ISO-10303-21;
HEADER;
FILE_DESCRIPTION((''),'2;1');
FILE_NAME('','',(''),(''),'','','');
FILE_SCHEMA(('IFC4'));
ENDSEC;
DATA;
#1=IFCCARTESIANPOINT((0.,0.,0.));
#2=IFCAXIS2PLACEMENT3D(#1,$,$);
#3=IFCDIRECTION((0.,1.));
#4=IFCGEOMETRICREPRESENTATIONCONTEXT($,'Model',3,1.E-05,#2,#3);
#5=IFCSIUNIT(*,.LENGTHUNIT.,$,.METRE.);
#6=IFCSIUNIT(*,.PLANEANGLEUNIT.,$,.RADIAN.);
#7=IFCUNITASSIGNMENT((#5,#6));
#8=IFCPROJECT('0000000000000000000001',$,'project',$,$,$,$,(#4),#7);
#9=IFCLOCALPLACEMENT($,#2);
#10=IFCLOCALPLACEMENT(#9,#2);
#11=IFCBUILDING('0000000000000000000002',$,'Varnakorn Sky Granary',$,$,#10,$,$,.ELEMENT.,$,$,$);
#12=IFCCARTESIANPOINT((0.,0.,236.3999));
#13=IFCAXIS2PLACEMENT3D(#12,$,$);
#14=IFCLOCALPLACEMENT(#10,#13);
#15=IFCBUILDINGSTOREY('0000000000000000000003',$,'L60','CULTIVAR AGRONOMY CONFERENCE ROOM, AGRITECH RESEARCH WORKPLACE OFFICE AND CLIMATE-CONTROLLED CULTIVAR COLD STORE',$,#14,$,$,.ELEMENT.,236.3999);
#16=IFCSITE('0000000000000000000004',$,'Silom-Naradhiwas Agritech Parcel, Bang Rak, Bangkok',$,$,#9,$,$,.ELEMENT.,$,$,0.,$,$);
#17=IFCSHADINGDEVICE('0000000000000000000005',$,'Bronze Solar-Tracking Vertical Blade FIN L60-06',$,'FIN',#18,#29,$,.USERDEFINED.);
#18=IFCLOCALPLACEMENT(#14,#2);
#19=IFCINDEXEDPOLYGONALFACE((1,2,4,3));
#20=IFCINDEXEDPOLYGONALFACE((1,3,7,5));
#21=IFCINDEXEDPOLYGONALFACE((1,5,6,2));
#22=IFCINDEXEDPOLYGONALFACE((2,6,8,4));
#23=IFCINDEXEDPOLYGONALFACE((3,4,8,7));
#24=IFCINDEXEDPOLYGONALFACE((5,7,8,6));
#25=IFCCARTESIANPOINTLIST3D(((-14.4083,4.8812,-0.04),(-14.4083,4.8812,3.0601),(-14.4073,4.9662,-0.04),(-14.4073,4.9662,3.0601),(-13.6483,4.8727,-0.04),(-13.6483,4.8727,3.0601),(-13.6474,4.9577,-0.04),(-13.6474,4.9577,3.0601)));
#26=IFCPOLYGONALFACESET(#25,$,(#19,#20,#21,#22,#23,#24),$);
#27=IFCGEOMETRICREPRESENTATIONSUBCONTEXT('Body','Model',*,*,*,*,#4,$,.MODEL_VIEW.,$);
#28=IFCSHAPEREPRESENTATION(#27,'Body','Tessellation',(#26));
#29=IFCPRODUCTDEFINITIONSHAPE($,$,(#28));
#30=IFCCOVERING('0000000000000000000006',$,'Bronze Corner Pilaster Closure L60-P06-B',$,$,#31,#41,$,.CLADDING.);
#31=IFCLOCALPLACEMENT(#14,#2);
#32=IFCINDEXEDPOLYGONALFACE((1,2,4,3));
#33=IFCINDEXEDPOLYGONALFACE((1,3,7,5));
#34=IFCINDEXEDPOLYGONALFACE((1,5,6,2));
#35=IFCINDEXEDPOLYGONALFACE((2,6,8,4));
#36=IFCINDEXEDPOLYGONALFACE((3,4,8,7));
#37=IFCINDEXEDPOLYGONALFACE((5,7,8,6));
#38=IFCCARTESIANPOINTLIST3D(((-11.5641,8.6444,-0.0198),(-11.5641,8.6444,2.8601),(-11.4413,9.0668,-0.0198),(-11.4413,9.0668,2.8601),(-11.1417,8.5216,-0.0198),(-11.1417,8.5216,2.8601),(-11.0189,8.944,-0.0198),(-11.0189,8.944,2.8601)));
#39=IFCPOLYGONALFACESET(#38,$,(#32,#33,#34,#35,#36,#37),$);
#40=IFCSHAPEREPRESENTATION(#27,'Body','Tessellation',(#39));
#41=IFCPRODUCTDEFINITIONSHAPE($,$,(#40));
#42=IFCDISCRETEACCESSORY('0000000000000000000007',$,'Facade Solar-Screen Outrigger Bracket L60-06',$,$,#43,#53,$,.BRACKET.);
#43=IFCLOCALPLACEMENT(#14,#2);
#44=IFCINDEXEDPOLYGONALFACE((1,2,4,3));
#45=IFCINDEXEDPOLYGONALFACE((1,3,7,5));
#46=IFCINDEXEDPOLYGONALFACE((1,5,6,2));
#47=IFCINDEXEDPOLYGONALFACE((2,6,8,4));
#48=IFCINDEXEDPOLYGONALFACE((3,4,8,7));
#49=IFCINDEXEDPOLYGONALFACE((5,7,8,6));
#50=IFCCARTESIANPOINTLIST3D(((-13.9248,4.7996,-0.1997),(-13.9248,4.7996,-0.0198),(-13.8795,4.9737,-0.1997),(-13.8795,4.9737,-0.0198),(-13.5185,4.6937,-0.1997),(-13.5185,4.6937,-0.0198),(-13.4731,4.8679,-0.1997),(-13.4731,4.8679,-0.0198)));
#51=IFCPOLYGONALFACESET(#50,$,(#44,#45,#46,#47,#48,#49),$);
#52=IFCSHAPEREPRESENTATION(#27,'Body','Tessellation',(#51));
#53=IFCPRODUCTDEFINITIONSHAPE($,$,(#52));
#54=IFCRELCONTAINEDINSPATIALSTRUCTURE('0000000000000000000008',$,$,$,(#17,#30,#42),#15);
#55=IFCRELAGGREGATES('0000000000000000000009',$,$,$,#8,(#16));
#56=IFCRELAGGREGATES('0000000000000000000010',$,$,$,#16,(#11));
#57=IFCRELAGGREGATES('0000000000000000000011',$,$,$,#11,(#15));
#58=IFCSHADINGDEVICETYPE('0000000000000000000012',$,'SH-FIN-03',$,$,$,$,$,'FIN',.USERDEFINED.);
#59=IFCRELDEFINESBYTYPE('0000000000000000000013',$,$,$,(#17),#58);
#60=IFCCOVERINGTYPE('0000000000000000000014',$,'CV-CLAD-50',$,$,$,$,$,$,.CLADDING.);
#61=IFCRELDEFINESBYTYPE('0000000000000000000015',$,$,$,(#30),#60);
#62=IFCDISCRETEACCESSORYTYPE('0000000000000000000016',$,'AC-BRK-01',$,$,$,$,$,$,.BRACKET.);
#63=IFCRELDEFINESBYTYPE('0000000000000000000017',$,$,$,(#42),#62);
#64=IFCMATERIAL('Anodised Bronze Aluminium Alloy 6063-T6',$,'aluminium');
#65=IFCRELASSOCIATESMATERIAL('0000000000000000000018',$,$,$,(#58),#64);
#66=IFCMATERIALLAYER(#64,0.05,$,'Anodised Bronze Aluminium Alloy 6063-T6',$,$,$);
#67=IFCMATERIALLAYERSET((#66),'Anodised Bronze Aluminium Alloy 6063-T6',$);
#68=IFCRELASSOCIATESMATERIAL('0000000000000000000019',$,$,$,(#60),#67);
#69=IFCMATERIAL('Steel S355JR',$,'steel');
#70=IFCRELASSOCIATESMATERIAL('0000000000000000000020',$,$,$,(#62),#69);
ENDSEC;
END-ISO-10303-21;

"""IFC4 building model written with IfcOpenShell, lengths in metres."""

from ifc_helpers import new_model, si_unit, direction, frame, origin, origin_2d, place, context, subcontext, project, spatial, rectangle, extrude, source, transform, mapped, material, layer, layer_set, type_object, type_shapes, element, save


model = new_model("IFC4")

# Units and contexts
model_context = context("Model", 3, precision=1e-05, world=origin(), true_north=direction((0.0, 1.0)))
body_context = subcontext(model_context, "Body", "Model", "MODEL_VIEW")
ifc_project = project(units=[si_unit("LENGTHUNIT", "METRE"), si_unit("PLANEANGLEUNIT", "RADIAN")], contexts=[model_context])

# Site, building, storey
site_placement = place(None, origin())
site = spatial("IfcSite", under=ifc_project, at=site_placement, Name="Silom-Naradhiwas Agritech Parcel, Bang Rak, Bangkok", CompositionType="ELEMENT", RefElevation=0.0)
building_placement = place(site_placement, origin())
building = spatial("IfcBuilding", under=site, at=building_placement, Name="Varnakorn Sky Granary", CompositionType="ELEMENT")
storey_placement = place(building_placement, frame((0.0, 0.0, 236.3999)))
storey = spatial("IfcBuildingStorey", under=building, at=storey_placement, Name="L60", Description="CULTIVAR AGRONOMY CONFERENCE ROOM, AGRITECH RESEARCH WORKPLACE OFFICE AND CLIMATE-CONTROLLED CULTIVAR COLD STORE", CompositionType="ELEMENT", Elevation=236.3999)

# Shared definitions
ifc_material_1 = material(Name="Steel S355JR", Category="steel")

# Shared definitions
ifc_material_2 = material(Name="Anodised Bronze Aluminium Alloy 6063-T6", Category="aluminium")

# Shading device
shading_device_type = type_object("IfcShadingDeviceType", Name="SH-FIN-03", ElementType="FIN", PredefinedType="USERDEFINED", material=ifc_material_2)
shared_shape_1 = source(origin(), body_context, "Body", "SweptSolid", [
    extrude(rectangle(XDim=0.085, YDim=0.76, at=origin_2d()), origin(), (0.0, 0.0, 1.0), 3.1001),
])
type_shapes(shading_device_type, [shared_shape_1])
shading_device_placement = place(storey_placement, frame((-14.0278, 4.9194, -0.04), z_axis=(0.0, 0.0, 1.0), x_axis=(-0.011182, -0.999937, 0.0)))
element("IfcShadingDevice", 1, at=shading_device_placement, inside=storey, type_object=shading_device_type, Name="Bronze Solar-Tracking Vertical Blade FIN L60-06", ObjectType="FIN", PredefinedType="USERDEFINED", context=body_context, shape_type="MappedRepresentation", body=[
    mapped(shared_shape_1, transform((0.0, 0.0, 0.0), x_axis=(1.0, 0.0, 0.0), y_axis=(0.0, 1.0, 0.0), z_axis=(0.0, 0.0, 1.0), scale=1.0)),
])

# Covering
ifc_layer_1 = layer(ifc_material_2, 0.05, Name="Anodised Bronze Aluminium Alloy 6063-T6")
ifc_layer_set_1 = layer_set([ifc_layer_1], Name="Anodised Bronze Aluminium Alloy 6063-T6")
covering_type = type_object("IfcCoveringType", Name="CV-CLAD-50", PredefinedType="CLADDING", material=ifc_layer_set_1)
shared_shape_2 = source(origin(), body_context, "Body", "SweptSolid", [
    extrude(rectangle(XDim=0.4399, YDim=0.4399, at=origin_2d()), origin(), (0.0, 0.0, 1.0), 2.8799),
])
type_shapes(covering_type, [shared_shape_2])
covering_placement = place(storey_placement, frame((-11.2915, 8.7942, -0.0198), z_axis=(0.0, 0.0, 1.0), x_axis=(0.279159, 0.960245, 0.0)))
element("IfcCovering", 2, at=covering_placement, inside=storey, type_object=covering_type, Name="Bronze Corner Pilaster Closure L60-P06-B", PredefinedType="CLADDING", context=body_context, shape_type="MappedRepresentation", body=[
    mapped(shared_shape_2, transform((0.0, 0.0, 0.0), x_axis=(1.0, 0.0, 0.0), y_axis=(0.0, 1.0, 0.0), z_axis=(0.0, 0.0, 1.0), scale=1.0)),
])

# Discrete accessory
discrete_accessory_type = type_object("IfcDiscreteAccessoryType", Name="AC-BRK-01", PredefinedType="BRACKET", material=ifc_material_1)
shared_shape_3 = source(origin(), body_context, "Body", "SweptSolid", [
    extrude(rectangle(XDim=0.1799, YDim=0.4199, at=origin_2d()), origin(), (0.0, 0.0, 1.0), 0.1799),
])
type_shapes(discrete_accessory_type, [shared_shape_3])
discrete_accessory_placement = place(storey_placement, frame((-13.699, 4.8337, -0.1997), z_axis=(0.0, 0.0, 1.0), x_axis=(-0.252168, -0.967683, 0.0)))
element("IfcDiscreteAccessory", 3, at=discrete_accessory_placement, inside=storey, type_object=discrete_accessory_type, Name="Facade Solar-Screen Outrigger Bracket L60-06", PredefinedType="BRACKET", context=body_context, shape_type="MappedRepresentation", body=[
    mapped(shared_shape_3, transform((0.0, 0.0, 0.0), x_axis=(1.0, 0.0, 0.0), y_axis=(0.0, 1.0, 0.0), z_axis=(0.0, 0.0, 1.0), scale=1.0)),
])

save(model, "model.ifc")
